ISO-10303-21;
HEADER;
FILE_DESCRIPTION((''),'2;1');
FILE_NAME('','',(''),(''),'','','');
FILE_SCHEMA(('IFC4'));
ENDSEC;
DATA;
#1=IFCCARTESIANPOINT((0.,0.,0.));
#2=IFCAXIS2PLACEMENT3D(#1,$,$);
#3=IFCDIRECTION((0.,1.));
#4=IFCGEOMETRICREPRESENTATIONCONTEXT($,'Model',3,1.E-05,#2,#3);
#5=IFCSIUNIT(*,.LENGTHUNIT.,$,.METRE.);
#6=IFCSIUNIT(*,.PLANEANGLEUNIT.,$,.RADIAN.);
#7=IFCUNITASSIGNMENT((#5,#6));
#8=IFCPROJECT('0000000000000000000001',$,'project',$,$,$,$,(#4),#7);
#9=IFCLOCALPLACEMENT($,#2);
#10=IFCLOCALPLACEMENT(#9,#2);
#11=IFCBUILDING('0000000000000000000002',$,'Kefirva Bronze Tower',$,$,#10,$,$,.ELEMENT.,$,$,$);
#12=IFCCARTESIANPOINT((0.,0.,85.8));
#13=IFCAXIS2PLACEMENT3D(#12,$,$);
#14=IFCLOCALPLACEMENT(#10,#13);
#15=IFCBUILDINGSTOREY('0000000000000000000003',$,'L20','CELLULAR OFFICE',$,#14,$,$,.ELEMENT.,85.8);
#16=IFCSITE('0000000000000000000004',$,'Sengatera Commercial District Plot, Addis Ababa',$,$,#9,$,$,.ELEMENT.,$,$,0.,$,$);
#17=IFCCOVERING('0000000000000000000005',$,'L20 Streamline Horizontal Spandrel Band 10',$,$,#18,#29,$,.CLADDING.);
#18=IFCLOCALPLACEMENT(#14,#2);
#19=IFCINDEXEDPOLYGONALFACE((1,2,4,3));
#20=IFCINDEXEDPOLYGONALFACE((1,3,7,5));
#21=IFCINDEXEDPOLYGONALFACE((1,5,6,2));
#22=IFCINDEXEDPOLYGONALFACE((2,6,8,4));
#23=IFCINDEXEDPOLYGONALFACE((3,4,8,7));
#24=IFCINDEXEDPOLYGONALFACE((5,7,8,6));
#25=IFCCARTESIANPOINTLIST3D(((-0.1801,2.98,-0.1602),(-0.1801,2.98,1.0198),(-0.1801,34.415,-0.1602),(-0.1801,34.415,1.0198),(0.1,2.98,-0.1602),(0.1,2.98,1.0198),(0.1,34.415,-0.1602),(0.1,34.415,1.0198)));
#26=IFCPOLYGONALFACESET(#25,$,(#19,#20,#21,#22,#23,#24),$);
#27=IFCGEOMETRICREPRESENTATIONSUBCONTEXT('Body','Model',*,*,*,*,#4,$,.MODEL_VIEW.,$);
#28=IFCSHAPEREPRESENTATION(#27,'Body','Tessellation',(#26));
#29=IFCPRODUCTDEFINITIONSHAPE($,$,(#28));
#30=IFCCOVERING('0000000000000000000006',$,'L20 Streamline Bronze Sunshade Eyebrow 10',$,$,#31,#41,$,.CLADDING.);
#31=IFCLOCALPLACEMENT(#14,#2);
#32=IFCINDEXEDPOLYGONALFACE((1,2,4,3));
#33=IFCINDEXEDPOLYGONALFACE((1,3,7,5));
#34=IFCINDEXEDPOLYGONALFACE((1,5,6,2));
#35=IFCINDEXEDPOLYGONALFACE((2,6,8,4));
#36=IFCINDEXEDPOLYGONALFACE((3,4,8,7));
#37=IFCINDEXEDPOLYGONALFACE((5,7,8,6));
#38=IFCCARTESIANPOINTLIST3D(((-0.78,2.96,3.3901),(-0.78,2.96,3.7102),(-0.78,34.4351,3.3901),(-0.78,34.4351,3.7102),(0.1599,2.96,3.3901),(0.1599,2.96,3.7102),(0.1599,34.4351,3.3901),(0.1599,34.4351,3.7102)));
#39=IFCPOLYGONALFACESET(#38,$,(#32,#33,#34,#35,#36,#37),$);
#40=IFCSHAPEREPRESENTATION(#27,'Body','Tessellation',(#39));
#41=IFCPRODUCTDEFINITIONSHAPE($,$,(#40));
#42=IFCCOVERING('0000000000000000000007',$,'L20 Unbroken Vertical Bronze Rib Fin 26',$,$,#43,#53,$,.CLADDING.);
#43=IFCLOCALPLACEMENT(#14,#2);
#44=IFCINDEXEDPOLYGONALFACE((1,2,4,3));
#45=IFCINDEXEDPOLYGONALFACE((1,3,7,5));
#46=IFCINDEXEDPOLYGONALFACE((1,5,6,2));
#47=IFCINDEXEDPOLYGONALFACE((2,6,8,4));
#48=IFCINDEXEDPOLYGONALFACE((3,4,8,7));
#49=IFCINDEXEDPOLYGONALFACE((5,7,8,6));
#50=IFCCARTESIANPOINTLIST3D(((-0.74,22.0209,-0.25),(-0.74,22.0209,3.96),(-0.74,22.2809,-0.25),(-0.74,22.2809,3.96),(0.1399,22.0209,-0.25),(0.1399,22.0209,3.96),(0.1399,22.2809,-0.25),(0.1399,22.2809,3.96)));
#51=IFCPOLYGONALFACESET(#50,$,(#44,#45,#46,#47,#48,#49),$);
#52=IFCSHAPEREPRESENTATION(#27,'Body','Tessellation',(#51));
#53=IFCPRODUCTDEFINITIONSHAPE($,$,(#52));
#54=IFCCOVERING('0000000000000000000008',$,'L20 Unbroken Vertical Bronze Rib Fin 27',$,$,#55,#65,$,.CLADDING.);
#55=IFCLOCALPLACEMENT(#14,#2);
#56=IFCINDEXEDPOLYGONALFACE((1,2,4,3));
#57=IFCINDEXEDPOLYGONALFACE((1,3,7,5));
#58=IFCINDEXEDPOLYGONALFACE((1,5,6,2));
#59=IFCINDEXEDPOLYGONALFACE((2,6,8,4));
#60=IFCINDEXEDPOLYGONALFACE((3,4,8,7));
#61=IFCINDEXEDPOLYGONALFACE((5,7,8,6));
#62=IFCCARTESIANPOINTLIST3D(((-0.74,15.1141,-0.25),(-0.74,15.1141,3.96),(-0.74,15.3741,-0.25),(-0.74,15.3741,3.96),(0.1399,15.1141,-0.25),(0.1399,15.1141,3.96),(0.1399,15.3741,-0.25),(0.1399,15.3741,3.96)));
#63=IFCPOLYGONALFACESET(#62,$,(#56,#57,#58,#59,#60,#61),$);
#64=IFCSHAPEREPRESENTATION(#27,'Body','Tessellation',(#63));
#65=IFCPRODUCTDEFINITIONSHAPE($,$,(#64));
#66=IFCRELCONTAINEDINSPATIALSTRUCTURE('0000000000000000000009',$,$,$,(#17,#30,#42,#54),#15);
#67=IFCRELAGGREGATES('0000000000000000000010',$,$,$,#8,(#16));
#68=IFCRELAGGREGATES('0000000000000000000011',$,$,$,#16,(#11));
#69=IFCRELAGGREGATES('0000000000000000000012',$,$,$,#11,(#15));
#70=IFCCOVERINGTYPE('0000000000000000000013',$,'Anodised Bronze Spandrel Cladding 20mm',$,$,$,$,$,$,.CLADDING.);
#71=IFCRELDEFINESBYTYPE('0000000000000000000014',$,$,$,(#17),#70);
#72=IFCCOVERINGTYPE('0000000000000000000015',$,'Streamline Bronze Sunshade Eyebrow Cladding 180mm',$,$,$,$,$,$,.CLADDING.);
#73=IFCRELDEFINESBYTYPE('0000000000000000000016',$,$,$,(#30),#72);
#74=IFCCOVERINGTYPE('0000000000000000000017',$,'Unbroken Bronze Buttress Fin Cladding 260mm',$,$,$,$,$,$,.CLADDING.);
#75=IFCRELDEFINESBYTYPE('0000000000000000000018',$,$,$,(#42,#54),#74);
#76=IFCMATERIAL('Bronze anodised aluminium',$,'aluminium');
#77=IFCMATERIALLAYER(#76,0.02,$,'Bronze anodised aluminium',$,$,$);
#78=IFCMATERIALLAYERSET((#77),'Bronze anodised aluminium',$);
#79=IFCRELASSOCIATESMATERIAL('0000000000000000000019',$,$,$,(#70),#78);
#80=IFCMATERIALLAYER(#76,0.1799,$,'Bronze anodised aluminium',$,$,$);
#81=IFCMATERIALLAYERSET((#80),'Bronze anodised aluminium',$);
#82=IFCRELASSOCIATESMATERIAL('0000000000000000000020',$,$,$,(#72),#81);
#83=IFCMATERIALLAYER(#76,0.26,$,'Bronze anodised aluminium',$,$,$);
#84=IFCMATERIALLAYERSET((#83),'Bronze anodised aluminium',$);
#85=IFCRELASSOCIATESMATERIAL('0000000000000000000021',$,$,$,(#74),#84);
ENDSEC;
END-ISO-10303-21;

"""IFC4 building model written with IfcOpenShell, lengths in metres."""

from ifc_helpers import new_model, si_unit, direction, frame, origin, origin_2d, place, context, subcontext, project, spatial, rectangle, extrude, material, layer, layer_set, type_object, element, save


model = new_model("IFC4")

# Units and contexts
model_context = context("Model", 3, precision=1e-05, world=origin(), true_north=direction((0.0, 1.0)))
body_context = subcontext(model_context, "Body", "Model", "MODEL_VIEW")
ifc_project = project(units=[si_unit("LENGTHUNIT", "METRE"), si_unit("PLANEANGLEUNIT", "RADIAN")], contexts=[model_context])

# Site, building, storey
site_placement = place(None, origin())
site = spatial("IfcSite", under=ifc_project, at=site_placement, Name="Sengatera Commercial District Plot, Addis Ababa", CompositionType="ELEMENT", RefElevation=0.0)
building_placement = place(site_placement, origin())
building = spatial("IfcBuilding", under=site, at=building_placement, Name="Kefirva Bronze Tower", CompositionType="ELEMENT")
storey_placement = place(building_placement, frame((0.0, 0.0, 85.8)))
storey = spatial("IfcBuildingStorey", under=building, at=storey_placement, Name="L20", Description="CELLULAR OFFICE", CompositionType="ELEMENT", Elevation=85.8)

# Shared definitions
ifc_material_1 = material(Name="Bronze anodised aluminium", Category="aluminium")

# Coverings
ifc_layer_1 = layer(ifc_material_1, 0.02, Name="Bronze anodised aluminium")
ifc_layer_set_1 = layer_set([ifc_layer_1], Name="Bronze anodised aluminium")
covering_type_1 = type_object("IfcCoveringType", Name="Anodised Bronze Spandrel Cladding 20mm", PredefinedType="CLADDING", material=ifc_layer_set_1)
covering_1_placement = place(storey_placement, frame((-0.04, 18.6975, -0.1602), z_axis=(0.0, 0.0, 1.0), x_axis=(0.0, -1.0, 0.0)))
element("IfcCovering", 1, at=covering_1_placement, inside=storey, type_object=covering_type_1, Name="L20 Streamline Horizontal Spandrel Band 10", PredefinedType="CLADDING", context=body_context, shape_type="SweptSolid", body=[
    extrude(rectangle(XDim=31.4351, YDim=0.28, at=origin_2d()), origin(), (0.0, 0.0, 1.0), 1.1799),
])
ifc_layer_2 = layer(ifc_material_1, 0.1799, Name="Bronze anodised aluminium")
ifc_layer_set_2 = layer_set([ifc_layer_2], Name="Bronze anodised aluminium")
covering_type_2 = type_object("IfcCoveringType", Name="Streamline Bronze Sunshade Eyebrow Cladding 180mm", PredefinedType="CLADDING", material=ifc_layer_set_2)
covering_2_placement = place(storey_placement, frame((-0.3101, 18.6975, 3.3901), z_axis=(0.0, 0.0, 1.0), x_axis=(0.0, -1.0, 0.0)))
element("IfcCovering", 2, at=covering_2_placement, inside=storey, type_object=covering_type_2, Name="L20 Streamline Bronze Sunshade Eyebrow 10", PredefinedType="CLADDING", context=body_context, shape_type="SweptSolid", body=[
    extrude(rectangle(XDim=31.4751, YDim=0.9399, at=origin_2d()), origin(), (0.0, 0.0, 1.0), 0.3201),
])
ifc_layer_3 = layer(ifc_material_1, 0.26, Name="Bronze anodised aluminium")
ifc_layer_set_3 = layer_set([ifc_layer_3], Name="Bronze anodised aluminium")
covering_type_3 = type_object("IfcCoveringType", Name="Unbroken Bronze Buttress Fin Cladding 260mm", PredefinedType="CLADDING", material=ifc_layer_set_3)
for number, where, z_axis, x_axis, name in (
    (3, (-0.3, 22.1509, -0.25), (0.0, 0.0, 1.0), (0.0, -1.0, 0.0), "L20 Unbroken Vertical Bronze Rib Fin 26"),
    (4, (-0.3, 15.2441, -0.25), (0.0, 0.0, 1.0), (0.0, -1.0, 0.0), "L20 Unbroken Vertical Bronze Rib Fin 27"),
):
    element("IfcCovering", number, at=place(storey_placement, frame(where, z_axis=z_axis, x_axis=x_axis)), inside=storey, type_object=covering_type_3, Name=name, PredefinedType="CLADDING", context=body_context, shape_type="SweptSolid", body=[
        extrude(rectangle(XDim=0.26, YDim=0.8799, at=origin_2d()), origin(), (0.0, 0.0, 1.0), 4.21),
    ])

save(model, "model.ifc")
